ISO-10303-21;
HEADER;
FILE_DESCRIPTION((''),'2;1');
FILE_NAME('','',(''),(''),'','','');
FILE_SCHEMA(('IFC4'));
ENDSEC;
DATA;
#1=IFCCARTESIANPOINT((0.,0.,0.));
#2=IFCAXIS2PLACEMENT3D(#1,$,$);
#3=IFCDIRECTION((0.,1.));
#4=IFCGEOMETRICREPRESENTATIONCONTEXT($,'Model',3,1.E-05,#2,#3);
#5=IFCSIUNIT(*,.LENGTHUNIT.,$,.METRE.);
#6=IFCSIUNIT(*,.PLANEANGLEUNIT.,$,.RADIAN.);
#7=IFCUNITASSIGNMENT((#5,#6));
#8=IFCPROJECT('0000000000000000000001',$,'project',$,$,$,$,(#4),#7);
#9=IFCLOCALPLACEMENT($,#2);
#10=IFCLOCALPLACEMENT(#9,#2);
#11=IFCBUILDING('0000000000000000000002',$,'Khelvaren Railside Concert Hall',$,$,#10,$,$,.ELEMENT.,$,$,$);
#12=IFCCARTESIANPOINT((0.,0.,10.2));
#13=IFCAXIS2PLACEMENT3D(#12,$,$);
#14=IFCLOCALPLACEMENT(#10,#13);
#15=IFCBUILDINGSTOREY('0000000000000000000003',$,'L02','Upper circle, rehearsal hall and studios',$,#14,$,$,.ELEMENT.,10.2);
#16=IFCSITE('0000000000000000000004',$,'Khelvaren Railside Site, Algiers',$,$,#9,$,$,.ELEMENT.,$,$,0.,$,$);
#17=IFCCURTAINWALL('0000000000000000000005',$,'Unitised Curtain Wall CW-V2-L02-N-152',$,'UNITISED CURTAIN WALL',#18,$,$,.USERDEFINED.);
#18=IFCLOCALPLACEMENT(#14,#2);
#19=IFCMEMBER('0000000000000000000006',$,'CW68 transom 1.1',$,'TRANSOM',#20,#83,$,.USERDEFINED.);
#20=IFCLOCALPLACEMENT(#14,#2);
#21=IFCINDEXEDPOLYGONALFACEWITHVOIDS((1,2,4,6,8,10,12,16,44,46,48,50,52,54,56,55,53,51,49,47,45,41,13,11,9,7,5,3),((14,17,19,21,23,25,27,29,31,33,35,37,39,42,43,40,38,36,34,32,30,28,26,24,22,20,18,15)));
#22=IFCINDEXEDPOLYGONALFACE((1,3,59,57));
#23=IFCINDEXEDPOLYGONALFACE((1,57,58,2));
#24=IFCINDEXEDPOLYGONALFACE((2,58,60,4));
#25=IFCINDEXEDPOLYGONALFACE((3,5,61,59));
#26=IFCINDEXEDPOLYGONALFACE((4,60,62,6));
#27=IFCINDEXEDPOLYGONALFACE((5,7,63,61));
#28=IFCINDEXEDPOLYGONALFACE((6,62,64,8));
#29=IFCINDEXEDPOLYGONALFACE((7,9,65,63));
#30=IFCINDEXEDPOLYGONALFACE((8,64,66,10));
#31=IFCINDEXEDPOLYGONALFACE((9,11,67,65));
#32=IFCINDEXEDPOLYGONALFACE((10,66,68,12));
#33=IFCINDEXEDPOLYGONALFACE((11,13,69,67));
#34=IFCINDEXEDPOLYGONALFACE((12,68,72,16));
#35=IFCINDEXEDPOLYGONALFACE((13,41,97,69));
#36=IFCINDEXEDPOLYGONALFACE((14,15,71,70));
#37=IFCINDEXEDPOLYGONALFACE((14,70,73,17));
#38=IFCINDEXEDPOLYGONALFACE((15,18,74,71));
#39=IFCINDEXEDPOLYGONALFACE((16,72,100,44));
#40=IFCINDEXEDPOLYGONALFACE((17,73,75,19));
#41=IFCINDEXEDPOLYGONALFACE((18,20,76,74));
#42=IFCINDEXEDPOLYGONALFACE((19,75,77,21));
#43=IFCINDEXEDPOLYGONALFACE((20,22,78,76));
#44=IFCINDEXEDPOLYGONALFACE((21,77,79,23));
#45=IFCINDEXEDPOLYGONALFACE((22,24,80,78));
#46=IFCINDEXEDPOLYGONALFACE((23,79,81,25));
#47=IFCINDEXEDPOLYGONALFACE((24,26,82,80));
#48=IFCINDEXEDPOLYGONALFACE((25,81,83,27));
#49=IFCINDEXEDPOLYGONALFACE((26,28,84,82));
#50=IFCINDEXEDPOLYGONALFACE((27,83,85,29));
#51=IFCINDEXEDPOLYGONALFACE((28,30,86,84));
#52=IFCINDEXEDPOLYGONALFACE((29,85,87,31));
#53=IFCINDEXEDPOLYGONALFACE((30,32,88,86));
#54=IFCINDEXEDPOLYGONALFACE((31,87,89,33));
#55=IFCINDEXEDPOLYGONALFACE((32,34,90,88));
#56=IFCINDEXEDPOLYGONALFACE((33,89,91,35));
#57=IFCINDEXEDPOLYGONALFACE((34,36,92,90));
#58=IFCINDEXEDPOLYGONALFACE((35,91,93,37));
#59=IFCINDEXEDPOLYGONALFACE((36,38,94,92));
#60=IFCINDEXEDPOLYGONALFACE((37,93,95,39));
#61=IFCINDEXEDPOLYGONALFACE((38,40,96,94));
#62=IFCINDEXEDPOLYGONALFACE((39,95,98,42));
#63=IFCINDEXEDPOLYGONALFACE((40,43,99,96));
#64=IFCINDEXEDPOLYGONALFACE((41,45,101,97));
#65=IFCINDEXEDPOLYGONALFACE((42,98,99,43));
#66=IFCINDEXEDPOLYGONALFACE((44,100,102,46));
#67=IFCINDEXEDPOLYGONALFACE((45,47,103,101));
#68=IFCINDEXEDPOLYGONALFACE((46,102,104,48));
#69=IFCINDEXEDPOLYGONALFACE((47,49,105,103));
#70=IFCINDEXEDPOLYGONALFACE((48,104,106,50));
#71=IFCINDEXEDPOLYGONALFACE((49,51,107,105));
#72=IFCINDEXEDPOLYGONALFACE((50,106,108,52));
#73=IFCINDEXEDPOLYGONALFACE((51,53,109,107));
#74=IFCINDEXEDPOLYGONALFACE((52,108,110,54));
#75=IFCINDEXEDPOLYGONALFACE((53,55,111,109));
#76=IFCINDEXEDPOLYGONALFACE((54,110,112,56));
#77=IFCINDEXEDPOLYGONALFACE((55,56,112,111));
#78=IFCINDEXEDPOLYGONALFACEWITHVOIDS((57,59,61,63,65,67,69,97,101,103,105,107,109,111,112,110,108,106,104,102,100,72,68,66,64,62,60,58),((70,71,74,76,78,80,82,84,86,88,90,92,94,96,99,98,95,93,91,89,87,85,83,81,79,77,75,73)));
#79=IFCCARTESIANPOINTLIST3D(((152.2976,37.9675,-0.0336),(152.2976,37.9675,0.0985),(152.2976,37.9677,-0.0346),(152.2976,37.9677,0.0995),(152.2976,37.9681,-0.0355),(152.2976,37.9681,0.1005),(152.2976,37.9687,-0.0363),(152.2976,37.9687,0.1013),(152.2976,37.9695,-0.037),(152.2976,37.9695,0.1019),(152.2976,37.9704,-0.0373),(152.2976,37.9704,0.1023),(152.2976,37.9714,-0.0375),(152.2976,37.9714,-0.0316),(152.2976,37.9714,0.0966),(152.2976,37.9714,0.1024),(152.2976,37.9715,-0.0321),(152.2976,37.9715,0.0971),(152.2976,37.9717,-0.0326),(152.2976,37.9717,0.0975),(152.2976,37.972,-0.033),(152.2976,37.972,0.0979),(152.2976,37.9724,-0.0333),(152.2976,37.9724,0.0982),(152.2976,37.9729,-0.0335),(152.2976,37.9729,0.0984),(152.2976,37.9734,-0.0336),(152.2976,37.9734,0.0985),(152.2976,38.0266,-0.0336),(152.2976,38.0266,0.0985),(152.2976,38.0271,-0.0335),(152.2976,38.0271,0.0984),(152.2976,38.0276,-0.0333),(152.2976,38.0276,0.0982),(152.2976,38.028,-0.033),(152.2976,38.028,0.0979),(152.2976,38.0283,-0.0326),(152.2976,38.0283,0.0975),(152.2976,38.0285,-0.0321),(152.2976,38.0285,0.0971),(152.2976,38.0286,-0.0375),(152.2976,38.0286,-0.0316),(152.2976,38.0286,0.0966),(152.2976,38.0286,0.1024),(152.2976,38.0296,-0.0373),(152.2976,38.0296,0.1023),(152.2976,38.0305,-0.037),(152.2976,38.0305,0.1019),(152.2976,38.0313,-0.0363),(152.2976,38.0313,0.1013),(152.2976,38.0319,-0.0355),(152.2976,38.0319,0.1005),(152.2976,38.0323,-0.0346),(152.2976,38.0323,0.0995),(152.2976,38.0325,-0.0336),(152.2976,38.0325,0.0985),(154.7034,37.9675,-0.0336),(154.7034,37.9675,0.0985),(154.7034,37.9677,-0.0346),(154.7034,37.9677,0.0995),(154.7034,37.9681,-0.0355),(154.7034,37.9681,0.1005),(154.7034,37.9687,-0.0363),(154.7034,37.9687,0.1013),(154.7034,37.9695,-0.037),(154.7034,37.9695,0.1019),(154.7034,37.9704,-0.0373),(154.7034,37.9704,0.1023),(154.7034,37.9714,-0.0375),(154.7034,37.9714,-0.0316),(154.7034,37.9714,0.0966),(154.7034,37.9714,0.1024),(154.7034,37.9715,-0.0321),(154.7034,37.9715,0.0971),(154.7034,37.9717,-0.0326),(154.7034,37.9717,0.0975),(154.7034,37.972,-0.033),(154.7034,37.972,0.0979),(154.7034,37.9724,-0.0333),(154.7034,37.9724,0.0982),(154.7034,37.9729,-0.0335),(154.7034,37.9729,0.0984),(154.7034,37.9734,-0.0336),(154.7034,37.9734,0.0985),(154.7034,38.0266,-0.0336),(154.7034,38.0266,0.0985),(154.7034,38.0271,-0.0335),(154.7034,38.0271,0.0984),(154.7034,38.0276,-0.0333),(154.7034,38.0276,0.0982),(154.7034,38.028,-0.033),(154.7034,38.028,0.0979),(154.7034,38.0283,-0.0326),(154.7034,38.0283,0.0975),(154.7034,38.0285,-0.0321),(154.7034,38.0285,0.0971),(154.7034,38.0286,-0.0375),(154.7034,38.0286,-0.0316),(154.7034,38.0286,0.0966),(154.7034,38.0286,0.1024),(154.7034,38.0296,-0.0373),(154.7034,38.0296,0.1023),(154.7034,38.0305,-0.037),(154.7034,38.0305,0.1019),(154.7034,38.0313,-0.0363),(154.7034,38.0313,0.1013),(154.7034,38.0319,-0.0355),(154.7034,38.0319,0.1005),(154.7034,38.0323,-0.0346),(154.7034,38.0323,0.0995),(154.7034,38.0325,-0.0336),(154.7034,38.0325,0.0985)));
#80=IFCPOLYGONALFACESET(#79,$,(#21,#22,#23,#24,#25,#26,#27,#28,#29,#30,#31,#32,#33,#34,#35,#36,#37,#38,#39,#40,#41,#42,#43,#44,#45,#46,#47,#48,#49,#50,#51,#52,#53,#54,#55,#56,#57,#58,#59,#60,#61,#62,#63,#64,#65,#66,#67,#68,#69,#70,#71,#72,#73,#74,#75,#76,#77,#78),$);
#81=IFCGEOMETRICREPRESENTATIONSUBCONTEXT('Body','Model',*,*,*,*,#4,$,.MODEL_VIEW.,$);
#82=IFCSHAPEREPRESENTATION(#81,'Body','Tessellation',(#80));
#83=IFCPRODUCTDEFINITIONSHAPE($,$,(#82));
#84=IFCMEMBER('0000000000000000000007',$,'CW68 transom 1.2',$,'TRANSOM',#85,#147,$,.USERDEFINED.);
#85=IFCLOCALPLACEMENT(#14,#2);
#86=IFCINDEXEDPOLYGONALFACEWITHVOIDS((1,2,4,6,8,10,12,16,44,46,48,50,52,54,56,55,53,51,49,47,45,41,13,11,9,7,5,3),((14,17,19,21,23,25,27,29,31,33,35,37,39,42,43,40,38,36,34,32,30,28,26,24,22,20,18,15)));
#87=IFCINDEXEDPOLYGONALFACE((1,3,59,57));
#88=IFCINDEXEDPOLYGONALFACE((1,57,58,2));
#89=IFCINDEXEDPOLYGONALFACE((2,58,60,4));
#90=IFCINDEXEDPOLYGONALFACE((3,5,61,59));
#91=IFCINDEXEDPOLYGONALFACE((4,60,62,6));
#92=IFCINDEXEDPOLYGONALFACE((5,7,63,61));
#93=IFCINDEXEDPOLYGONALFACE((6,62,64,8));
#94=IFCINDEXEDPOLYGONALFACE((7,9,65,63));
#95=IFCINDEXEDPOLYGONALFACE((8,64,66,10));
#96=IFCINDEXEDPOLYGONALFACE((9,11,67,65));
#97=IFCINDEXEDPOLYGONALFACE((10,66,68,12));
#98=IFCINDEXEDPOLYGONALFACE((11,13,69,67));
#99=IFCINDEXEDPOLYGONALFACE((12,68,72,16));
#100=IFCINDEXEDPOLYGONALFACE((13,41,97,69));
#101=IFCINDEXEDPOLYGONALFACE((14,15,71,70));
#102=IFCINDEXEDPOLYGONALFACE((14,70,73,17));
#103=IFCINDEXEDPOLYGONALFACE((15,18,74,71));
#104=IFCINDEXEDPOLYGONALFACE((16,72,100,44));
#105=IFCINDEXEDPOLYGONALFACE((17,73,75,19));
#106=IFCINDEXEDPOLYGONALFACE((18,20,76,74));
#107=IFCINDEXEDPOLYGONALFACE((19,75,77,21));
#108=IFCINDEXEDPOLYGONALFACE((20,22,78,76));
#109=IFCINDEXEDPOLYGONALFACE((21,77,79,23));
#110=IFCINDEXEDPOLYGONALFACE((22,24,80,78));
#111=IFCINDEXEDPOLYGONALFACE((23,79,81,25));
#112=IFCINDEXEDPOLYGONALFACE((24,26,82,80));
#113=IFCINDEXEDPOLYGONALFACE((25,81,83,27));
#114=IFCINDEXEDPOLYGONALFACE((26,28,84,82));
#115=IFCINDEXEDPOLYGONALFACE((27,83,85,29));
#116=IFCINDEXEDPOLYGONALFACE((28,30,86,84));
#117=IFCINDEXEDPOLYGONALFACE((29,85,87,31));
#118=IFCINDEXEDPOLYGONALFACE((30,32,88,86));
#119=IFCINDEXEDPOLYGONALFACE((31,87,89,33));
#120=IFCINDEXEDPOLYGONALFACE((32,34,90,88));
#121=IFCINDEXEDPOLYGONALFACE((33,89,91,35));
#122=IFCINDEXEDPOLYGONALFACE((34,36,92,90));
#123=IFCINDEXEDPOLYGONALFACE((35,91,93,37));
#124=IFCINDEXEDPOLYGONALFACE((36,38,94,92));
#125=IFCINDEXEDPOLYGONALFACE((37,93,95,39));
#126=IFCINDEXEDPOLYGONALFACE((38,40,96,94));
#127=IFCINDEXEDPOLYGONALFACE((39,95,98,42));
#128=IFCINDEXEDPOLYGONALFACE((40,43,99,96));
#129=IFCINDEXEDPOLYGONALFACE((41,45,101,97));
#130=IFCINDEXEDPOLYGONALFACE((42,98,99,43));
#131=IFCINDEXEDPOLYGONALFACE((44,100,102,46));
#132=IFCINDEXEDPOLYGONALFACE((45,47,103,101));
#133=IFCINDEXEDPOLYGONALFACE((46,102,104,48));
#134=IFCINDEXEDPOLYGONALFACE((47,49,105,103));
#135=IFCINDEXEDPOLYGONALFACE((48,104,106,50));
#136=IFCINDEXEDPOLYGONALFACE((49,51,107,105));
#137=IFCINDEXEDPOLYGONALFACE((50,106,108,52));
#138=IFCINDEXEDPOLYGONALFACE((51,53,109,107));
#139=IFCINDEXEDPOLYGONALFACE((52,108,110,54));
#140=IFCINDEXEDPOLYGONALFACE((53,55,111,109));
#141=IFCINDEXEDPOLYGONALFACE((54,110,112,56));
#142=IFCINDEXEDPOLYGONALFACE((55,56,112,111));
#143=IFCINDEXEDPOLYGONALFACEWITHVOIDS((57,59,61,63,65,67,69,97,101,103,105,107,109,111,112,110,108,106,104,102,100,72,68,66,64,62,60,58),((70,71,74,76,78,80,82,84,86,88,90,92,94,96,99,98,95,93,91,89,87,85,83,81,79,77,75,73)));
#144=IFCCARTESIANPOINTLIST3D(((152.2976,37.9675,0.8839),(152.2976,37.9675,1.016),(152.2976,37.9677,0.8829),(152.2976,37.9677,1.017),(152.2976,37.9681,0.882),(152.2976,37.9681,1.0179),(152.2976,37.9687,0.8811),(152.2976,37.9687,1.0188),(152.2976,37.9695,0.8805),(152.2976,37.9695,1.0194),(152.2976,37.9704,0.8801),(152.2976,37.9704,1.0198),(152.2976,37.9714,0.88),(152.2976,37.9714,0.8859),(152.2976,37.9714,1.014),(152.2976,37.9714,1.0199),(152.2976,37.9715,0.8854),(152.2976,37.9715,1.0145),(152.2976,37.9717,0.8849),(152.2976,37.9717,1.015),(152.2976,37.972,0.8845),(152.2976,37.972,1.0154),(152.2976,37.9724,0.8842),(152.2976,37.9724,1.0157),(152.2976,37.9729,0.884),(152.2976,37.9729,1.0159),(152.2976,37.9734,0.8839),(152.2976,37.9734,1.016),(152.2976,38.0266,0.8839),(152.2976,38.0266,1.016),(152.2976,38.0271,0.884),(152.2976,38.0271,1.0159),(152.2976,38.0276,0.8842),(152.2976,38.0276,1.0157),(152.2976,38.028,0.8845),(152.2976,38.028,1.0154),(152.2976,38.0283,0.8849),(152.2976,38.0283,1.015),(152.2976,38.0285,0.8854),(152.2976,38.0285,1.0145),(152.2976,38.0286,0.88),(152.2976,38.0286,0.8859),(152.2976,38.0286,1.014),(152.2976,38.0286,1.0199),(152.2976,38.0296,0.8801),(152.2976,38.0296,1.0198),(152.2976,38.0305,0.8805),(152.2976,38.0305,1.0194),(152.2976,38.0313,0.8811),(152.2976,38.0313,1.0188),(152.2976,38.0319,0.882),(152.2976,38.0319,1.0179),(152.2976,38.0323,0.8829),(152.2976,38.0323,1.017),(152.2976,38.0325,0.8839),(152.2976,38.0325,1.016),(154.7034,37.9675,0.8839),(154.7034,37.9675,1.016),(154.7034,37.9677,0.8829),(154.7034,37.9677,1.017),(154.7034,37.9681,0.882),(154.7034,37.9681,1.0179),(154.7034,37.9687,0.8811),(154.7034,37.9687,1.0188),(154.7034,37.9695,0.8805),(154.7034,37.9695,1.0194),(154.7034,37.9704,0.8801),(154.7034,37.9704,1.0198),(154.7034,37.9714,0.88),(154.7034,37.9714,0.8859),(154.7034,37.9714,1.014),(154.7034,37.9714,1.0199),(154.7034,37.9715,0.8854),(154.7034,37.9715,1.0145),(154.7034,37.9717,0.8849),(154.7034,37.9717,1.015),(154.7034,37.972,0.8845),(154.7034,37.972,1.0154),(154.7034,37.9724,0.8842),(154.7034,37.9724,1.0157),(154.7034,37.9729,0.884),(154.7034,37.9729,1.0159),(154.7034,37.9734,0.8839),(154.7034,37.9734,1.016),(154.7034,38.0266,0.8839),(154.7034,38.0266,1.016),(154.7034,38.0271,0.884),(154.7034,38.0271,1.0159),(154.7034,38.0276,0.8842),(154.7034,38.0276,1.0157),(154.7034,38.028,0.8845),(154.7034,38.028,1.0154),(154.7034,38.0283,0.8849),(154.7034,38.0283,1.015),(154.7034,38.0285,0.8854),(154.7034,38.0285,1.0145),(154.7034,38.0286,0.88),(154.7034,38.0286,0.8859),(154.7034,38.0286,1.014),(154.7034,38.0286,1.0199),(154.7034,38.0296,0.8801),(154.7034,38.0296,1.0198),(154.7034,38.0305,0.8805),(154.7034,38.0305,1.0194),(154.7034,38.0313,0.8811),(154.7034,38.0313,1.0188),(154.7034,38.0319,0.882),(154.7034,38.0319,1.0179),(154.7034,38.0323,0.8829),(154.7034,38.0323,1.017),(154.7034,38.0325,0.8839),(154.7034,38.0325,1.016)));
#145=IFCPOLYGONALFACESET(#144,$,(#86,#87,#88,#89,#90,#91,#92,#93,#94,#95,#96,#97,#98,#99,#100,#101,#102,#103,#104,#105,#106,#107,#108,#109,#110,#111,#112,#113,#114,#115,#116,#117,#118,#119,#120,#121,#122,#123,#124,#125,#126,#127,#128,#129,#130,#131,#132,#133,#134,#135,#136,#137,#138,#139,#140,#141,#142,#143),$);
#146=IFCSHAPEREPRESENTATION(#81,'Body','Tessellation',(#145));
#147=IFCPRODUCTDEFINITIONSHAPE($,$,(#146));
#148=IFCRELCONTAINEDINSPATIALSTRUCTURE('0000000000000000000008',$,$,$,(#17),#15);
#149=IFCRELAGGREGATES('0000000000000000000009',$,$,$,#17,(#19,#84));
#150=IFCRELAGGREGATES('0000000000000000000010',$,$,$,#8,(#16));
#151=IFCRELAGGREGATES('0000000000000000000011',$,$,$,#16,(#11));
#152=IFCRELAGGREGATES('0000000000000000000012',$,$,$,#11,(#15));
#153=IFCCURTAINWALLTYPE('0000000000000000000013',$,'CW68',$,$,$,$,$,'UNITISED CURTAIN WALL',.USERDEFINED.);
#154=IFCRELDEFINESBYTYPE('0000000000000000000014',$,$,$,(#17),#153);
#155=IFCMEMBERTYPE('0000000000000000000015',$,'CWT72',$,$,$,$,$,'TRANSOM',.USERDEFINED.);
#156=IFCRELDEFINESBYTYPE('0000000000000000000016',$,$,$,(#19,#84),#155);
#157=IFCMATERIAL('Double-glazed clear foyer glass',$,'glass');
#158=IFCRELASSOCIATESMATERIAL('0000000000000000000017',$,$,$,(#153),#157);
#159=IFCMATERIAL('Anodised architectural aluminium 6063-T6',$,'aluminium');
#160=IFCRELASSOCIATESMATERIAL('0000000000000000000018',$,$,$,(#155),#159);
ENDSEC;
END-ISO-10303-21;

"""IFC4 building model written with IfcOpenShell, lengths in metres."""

from ifc_helpers import new_model, si_unit, direction, frame, origin, origin_2d, place, context, subcontext, project, spatial, hollow_rectangle, extrude, material, material_profile, profile_set, type_object, element, aggregate, save


model = new_model("IFC4")

# Units and contexts
model_context = context("Model", 3, precision=1e-05, world=origin(), true_north=direction((0.0, 1.0)))
body_context = subcontext(model_context, "Body", "Model", "MODEL_VIEW")
ifc_project = project(units=[si_unit("LENGTHUNIT", "METRE"), si_unit("PLANEANGLEUNIT", "RADIAN")], contexts=[model_context])

# Site, building, storey
site_placement = place(None, origin())
site = spatial("IfcSite", under=ifc_project, at=site_placement, Name="Khelvaren Railside Site, Algiers", CompositionType="ELEMENT", RefElevation=0.0)
building_placement = place(site_placement, origin())
building = spatial("IfcBuilding", under=site, at=building_placement, Name="Khelvaren Railside Concert Hall", CompositionType="ELEMENT")
storey_placement = place(building_placement, frame((0.0, 0.0, 10.2)))
storey = spatial("IfcBuildingStorey", under=building, at=storey_placement, Name="L02", Description="Upper circle, rehearsal hall and studios", CompositionType="ELEMENT", Elevation=10.2)

# Curtain wall, members
ifc_material_1 = material(Name="Double-glazed clear foyer glass", Category="glass")
curtain_wall_type = type_object("IfcCurtainWallType", Name="CW68", ElementType="UNITISED CURTAIN WALL", PredefinedType="USERDEFINED", material=ifc_material_1)
curtain_wall_placement = place(storey_placement, origin())
curtain_wall = element("IfcCurtainWall", 1, at=curtain_wall_placement, inside=storey, type_object=curtain_wall_type, Name="Unitised Curtain Wall CW-V2-L02-N-152", ObjectType="UNITISED CURTAIN WALL", PredefinedType="USERDEFINED")
ifc_material_2 = material(Name="Anodised architectural aluminium 6063-T6", Category="aluminium")
ifc_material_profile_1 = material_profile(ifc_material_2, hollow_rectangle(XDim=0.0649, YDim=0.1399, WallThickness=0.0039, InnerFilletRadius=0.002, OuterFilletRadius=0.0039, at=origin_2d()), Name="CWT 65x140x4")
ifc_profile_set_1 = profile_set([ifc_material_profile_1], Name="Anodised architectural aluminium 6063-T6")
member_type_1 = type_object("IfcMemberType", Name="CWT72", ElementType="TRANSOM", PredefinedType="USERDEFINED", material=ifc_profile_set_1)
member_1_placement = place(storey_placement, frame((152.2976, 38.0, 0.0325), z_axis=(1.0, 0.0, 0.0), x_axis=(0.0, 1.0, 0.0)))
member_1 = element("IfcMember", 2, at=member_1_placement, type_object=member_type_1, Name="CW68 transom 1.1", ObjectType="TRANSOM", PredefinedType="USERDEFINED", context=body_context, shape_type="SweptSolid", body=[
    extrude(hollow_rectangle(XDim=0.0649, YDim=0.1399, WallThickness=0.0039, InnerFilletRadius=0.002, OuterFilletRadius=0.0039, at=origin_2d()), origin(), (0.0, 0.0, 1.0), 2.4058),
])
member_2_placement = place(storey_placement, frame((152.2976, 38.0, 0.95), z_axis=(1.0, 0.0, 0.0), x_axis=(0.0, 1.0, 0.0)))
member_2 = element("IfcMember", 3, at=member_2_placement, type_object=member_type_1, Name="CW68 transom 1.2", ObjectType="TRANSOM", PredefinedType="USERDEFINED", context=body_context, shape_type="SweptSolid", body=[
    extrude(hollow_rectangle(XDim=0.0649, YDim=0.1399, WallThickness=0.0039, InnerFilletRadius=0.002, OuterFilletRadius=0.0039, at=origin_2d()), origin(), (0.0, 0.0, 1.0), 2.4058),
])

aggregate(curtain_wall, [member_1, member_2])

save(model, "model.ifc")
